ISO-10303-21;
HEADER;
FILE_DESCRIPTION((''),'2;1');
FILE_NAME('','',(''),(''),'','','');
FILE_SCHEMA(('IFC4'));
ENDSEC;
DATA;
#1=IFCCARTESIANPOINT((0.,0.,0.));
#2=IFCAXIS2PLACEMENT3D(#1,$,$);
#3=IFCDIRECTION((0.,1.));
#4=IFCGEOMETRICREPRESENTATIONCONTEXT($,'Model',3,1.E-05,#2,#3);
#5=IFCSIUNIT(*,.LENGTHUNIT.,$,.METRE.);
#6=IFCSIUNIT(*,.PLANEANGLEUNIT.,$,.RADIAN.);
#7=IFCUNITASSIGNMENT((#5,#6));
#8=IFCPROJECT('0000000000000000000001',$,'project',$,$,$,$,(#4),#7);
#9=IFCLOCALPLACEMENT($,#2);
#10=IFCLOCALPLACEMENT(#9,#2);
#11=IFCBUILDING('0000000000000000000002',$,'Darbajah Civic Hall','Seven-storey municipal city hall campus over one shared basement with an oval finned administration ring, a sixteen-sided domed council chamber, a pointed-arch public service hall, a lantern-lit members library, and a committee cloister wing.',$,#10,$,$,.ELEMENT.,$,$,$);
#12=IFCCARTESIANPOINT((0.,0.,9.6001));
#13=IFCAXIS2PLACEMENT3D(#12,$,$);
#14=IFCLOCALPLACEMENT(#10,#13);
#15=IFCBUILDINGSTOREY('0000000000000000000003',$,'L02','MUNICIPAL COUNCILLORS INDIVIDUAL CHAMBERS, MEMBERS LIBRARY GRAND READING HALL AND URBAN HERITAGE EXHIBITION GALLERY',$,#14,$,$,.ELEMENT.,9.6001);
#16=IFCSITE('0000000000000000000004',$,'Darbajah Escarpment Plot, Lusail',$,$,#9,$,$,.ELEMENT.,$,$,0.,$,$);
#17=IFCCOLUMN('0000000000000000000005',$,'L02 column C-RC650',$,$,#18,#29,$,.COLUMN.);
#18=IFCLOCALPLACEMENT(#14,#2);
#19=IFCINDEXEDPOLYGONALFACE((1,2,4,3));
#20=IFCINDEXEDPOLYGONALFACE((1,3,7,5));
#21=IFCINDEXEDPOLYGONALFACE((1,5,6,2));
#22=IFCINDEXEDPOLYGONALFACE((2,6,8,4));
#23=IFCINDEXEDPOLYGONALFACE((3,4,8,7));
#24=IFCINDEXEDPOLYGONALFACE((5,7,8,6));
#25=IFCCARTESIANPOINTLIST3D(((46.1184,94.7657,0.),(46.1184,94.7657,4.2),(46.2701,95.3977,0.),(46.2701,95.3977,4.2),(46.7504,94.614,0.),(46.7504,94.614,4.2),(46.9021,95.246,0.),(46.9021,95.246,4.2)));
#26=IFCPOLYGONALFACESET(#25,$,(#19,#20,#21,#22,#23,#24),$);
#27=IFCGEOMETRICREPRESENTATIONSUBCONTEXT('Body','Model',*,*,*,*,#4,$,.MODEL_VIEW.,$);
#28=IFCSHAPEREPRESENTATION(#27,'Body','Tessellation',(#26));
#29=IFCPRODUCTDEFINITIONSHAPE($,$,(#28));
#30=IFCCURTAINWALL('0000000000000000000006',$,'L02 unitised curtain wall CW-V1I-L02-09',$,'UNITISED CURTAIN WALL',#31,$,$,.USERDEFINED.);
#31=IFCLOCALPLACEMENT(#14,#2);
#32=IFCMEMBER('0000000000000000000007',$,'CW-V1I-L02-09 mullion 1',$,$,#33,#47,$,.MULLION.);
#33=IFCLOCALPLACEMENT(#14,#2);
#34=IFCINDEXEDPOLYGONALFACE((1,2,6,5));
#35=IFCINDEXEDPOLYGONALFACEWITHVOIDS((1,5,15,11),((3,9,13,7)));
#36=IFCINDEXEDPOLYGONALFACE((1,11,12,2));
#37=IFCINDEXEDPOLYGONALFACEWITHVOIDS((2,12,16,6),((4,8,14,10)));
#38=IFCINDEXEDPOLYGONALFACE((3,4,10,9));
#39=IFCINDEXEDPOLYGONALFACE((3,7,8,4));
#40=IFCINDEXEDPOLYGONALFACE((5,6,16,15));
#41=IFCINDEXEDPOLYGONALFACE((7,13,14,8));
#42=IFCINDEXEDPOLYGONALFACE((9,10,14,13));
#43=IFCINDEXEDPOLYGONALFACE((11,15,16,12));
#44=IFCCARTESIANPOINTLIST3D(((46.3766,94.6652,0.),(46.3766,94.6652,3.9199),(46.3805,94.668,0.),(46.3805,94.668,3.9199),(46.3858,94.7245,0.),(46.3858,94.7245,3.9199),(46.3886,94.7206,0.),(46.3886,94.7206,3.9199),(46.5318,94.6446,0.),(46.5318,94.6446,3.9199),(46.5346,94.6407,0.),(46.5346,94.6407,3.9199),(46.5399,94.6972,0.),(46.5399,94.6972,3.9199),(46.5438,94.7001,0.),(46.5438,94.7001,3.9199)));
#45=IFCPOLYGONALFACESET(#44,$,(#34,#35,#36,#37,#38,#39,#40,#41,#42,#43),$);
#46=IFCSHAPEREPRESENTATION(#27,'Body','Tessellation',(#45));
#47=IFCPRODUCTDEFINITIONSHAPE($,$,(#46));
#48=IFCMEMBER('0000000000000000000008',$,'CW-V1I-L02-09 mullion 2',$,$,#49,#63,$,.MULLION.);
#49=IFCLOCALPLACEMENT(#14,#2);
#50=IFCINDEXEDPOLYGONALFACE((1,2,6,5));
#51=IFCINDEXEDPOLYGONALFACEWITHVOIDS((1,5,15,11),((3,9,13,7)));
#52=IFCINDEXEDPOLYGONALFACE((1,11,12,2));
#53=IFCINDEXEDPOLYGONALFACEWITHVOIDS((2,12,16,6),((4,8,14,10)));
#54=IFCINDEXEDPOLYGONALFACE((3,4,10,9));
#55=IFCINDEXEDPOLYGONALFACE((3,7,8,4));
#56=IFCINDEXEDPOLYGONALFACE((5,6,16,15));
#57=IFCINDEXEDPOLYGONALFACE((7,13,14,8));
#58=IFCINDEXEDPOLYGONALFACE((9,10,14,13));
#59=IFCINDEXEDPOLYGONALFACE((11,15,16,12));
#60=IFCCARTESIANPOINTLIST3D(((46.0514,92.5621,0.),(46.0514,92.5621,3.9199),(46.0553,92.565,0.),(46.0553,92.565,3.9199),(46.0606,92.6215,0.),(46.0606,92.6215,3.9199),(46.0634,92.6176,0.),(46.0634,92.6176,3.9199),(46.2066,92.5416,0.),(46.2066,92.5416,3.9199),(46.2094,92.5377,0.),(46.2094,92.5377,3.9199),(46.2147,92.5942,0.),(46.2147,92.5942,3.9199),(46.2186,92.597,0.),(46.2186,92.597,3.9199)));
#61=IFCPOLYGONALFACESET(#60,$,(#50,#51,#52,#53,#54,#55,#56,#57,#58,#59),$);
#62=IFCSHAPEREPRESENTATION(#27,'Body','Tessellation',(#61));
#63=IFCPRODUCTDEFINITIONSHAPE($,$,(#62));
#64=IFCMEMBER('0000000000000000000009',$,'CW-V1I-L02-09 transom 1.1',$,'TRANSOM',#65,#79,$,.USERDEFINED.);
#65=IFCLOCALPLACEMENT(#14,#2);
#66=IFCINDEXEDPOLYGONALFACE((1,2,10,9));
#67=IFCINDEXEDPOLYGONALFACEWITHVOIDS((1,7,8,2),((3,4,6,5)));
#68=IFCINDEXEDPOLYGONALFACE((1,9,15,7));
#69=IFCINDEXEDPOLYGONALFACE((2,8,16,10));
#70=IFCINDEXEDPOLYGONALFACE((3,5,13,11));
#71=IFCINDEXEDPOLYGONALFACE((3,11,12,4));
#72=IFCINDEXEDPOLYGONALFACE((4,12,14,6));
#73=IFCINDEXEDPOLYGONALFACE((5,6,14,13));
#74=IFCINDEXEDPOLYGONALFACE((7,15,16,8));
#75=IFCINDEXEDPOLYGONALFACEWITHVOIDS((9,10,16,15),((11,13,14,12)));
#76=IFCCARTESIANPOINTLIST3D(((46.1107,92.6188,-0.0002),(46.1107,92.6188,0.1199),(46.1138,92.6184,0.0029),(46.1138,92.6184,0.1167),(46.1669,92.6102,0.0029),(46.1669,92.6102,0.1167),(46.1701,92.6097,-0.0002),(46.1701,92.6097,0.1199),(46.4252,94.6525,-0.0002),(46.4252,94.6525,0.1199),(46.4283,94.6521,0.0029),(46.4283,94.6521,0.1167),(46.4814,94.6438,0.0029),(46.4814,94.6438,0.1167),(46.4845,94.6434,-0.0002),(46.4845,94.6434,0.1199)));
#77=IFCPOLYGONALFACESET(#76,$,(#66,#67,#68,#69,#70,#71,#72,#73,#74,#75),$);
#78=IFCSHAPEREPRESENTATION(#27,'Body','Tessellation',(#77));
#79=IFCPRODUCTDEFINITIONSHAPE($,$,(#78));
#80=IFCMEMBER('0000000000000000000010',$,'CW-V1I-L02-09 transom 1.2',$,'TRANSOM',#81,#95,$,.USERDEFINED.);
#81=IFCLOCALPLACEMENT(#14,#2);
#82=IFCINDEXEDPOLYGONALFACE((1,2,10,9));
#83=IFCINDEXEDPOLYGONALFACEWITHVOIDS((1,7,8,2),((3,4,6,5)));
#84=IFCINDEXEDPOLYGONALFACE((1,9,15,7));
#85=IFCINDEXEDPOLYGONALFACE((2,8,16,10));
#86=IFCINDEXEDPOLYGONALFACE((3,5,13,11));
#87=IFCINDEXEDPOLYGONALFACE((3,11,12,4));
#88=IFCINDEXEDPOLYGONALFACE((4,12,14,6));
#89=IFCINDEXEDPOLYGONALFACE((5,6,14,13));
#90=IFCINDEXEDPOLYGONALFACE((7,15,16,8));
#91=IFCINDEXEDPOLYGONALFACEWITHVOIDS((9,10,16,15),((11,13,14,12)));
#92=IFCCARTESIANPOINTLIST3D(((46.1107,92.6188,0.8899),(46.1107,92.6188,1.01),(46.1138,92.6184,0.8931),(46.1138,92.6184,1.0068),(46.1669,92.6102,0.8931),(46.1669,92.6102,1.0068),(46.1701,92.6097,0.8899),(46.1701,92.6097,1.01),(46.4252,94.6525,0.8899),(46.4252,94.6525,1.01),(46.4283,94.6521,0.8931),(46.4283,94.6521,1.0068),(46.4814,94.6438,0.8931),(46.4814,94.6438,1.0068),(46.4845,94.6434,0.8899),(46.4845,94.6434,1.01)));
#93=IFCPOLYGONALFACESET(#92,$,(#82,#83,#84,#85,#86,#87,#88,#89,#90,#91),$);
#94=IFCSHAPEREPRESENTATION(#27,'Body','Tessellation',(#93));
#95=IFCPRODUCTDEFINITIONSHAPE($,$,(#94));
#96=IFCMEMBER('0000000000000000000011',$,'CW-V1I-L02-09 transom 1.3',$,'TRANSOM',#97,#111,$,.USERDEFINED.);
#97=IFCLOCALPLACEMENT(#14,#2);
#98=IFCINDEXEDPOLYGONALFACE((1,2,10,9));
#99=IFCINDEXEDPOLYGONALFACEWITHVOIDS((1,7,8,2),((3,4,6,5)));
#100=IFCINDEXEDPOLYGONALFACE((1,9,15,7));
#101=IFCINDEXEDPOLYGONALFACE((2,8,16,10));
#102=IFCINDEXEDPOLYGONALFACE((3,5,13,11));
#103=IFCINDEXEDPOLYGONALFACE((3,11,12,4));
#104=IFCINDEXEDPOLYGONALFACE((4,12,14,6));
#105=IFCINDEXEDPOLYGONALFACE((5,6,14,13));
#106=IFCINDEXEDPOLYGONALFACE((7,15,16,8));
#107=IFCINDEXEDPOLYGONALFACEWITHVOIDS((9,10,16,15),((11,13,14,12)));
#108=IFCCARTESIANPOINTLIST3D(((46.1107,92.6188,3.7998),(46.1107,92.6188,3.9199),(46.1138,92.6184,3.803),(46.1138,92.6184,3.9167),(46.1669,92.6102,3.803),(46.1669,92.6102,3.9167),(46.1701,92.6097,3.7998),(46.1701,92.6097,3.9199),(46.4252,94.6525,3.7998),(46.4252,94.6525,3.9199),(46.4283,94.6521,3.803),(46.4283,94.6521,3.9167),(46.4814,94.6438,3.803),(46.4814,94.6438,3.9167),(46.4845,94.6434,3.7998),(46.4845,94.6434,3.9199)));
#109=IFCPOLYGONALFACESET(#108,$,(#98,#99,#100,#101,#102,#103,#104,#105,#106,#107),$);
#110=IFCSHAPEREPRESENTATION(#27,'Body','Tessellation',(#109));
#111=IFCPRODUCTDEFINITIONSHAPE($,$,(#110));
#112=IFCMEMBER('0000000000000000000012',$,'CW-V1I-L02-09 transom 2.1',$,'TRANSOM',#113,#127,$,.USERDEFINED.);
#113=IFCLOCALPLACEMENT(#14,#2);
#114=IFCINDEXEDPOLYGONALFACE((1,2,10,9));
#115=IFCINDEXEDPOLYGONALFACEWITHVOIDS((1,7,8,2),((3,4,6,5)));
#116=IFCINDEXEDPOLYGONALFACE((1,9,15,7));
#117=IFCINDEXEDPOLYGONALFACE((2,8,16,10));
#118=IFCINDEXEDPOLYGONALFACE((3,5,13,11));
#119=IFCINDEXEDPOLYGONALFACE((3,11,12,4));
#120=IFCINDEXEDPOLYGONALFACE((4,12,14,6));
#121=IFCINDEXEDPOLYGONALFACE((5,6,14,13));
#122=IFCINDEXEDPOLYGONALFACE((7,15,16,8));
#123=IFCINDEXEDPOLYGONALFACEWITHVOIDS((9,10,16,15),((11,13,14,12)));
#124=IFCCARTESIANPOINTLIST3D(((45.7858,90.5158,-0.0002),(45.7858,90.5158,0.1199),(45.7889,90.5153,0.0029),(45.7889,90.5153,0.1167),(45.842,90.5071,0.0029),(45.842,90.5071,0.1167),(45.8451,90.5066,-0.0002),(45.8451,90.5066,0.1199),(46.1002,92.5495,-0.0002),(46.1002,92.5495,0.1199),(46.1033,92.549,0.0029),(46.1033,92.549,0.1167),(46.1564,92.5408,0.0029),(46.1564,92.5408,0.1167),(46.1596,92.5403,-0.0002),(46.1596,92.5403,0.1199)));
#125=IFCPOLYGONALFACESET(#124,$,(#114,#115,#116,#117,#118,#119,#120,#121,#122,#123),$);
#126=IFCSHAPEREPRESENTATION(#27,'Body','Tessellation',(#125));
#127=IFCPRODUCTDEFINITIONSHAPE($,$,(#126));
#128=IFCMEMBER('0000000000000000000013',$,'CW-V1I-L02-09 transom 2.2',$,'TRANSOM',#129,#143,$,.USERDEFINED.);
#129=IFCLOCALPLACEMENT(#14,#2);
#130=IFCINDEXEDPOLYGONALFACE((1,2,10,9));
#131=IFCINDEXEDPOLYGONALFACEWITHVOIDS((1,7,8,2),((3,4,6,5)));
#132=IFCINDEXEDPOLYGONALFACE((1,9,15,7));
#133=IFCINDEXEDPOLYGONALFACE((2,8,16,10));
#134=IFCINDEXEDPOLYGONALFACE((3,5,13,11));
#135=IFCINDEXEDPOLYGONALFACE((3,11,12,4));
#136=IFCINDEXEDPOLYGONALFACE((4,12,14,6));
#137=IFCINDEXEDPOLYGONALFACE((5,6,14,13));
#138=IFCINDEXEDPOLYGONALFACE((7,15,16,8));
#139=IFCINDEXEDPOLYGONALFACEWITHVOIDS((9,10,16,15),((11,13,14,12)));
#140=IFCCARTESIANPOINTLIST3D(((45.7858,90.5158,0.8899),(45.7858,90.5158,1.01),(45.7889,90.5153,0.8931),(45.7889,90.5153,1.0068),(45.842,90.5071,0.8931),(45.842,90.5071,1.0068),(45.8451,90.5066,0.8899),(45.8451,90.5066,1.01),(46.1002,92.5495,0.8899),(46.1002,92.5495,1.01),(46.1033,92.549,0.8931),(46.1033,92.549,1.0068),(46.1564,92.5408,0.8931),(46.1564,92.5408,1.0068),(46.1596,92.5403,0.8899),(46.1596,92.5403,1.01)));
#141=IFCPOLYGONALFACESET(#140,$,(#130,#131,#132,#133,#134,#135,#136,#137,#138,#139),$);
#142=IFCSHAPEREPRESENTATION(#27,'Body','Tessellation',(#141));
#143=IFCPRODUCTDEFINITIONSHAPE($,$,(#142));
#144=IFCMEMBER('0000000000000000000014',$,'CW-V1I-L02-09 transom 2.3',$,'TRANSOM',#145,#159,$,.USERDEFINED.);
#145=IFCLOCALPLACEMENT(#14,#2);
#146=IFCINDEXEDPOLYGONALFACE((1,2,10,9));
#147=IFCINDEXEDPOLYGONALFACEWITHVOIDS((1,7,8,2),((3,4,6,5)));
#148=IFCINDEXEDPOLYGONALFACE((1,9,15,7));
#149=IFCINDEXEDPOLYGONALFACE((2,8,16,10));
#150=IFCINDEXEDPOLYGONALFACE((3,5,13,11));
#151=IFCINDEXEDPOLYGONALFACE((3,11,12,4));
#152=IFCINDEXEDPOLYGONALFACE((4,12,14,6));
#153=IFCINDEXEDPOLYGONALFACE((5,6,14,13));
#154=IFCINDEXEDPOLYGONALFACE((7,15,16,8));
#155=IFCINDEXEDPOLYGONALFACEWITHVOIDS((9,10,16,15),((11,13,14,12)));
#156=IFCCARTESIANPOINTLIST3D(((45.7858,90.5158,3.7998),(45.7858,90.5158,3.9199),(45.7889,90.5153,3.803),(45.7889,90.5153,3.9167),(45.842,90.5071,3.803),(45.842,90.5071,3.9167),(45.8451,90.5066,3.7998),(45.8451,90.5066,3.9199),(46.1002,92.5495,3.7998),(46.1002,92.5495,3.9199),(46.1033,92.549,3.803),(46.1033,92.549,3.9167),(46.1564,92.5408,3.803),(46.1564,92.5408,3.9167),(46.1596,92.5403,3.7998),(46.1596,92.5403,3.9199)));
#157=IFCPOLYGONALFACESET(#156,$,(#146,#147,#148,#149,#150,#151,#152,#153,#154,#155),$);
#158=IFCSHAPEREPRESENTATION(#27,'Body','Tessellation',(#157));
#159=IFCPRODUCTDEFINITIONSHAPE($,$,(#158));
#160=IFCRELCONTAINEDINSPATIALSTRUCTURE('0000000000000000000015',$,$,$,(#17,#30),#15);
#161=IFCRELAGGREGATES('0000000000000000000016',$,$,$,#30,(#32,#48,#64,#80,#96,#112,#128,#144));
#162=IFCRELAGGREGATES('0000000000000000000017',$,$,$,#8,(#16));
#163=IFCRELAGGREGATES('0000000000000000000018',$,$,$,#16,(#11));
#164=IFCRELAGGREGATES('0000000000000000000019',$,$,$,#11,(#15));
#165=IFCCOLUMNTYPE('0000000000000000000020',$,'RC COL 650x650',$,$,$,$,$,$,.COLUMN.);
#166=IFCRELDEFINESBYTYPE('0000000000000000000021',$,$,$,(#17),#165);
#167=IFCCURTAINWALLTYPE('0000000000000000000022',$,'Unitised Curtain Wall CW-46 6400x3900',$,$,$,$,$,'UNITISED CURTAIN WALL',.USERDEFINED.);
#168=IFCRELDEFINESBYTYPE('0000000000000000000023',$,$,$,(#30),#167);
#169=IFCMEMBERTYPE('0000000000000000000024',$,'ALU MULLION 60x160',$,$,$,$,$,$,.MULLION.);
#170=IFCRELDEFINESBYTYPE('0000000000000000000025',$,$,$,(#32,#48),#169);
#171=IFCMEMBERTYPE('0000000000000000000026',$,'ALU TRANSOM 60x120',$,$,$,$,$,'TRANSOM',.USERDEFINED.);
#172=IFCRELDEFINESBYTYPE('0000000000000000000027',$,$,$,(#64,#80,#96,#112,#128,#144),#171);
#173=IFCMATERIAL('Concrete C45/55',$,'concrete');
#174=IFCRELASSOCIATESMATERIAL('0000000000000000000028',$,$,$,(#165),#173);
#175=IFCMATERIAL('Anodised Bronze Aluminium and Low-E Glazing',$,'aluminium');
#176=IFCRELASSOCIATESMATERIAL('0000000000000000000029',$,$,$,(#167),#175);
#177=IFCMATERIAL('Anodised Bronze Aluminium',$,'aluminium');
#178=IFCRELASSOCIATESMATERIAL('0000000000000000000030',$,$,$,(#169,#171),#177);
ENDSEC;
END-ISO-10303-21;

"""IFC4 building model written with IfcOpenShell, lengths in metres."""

from ifc_helpers import new_model, si_unit, direction, frame, origin, origin_2d, place, context, subcontext, project, spatial, rectangle, hollow_rectangle, extrude, material, material_profile, profile_set, type_object, element, aggregate, save


model = new_model("IFC4")

# Units and contexts
model_context = context("Model", 3, precision=1e-05, world=origin(), true_north=direction((0.0, 1.0)))
body_context = subcontext(model_context, "Body", "Model", "MODEL_VIEW")
ifc_project = project(units=[si_unit("LENGTHUNIT", "METRE"), si_unit("PLANEANGLEUNIT", "RADIAN")], contexts=[model_context])

# Site, building, storey
site_placement = place(None, origin())
site = spatial("IfcSite", under=ifc_project, at=site_placement, Name="Darbajah Escarpment Plot, Lusail", CompositionType="ELEMENT", RefElevation=0.0)
building_placement = place(site_placement, origin())
building = spatial("IfcBuilding", under=site, at=building_placement, Name="Darbajah Civic Hall", Description="Seven-storey municipal city hall campus over one shared basement with an oval finned administration ring, a sixteen-sided domed council chamber, a pointed-arch public service hall, a lantern-lit members library, and a committee cloister wing.", CompositionType="ELEMENT")
storey_placement = place(building_placement, frame((0.0, 0.0, 9.6001)))
storey = spatial("IfcBuildingStorey", under=building, at=storey_placement, Name="L02", Description="MUNICIPAL COUNCILLORS INDIVIDUAL CHAMBERS, MEMBERS LIBRARY GRAND READING HALL AND URBAN HERITAGE EXHIBITION GALLERY", CompositionType="ELEMENT", Elevation=9.6001)

# Column
ifc_material_1 = material(Name="Concrete C45/55", Category="concrete")
ifc_material_profile_1 = material_profile(ifc_material_1, rectangle(XDim=0.6499, YDim=0.6499, at=origin_2d()), Name="RC COL 650x650")
ifc_profile_set_1 = profile_set([ifc_material_profile_1], Name="Concrete C45/55")
column_type = type_object("IfcColumnType", Name="RC COL 650x650", PredefinedType="COLUMN", material=ifc_profile_set_1)
column_placement = place(storey_placement, frame((46.5103, 95.0059, 0.0), z_axis=(0.0, 0.0, 1.0), x_axis=(-0.97237, 0.233445, 0.0)))
element("IfcColumn", 1, at=column_placement, inside=storey, type_object=column_type, Name="L02 column C-RC650", PredefinedType="COLUMN", context=body_context, shape_type="SweptSolid", body=[
    extrude(rectangle(XDim=0.6499, YDim=0.6499, at=origin_2d()), origin(), (0.0, 0.0, 1.0), 4.2),
])

# Curtain wall, members
ifc_material_2 = material(Name="Anodised Bronze Aluminium and Low-E Glazing", Category="aluminium")
curtain_wall_type_1 = type_object("IfcCurtainWallType", Name="Unitised Curtain Wall CW-46 6400x3900", ElementType="UNITISED CURTAIN WALL", PredefinedType="USERDEFINED", material=ifc_material_2)
curtain_wall_1_placement = place(storey_placement, origin())
curtain_wall_1 = element("IfcCurtainWall", 2, at=curtain_wall_1_placement, inside=storey, type_object=curtain_wall_type_1, Name="L02 unitised curtain wall CW-V1I-L02-09", ObjectType="UNITISED CURTAIN WALL", PredefinedType="USERDEFINED")
ifc_material_3 = material(Name="Anodised Bronze Aluminium", Category="aluminium")
ifc_material_profile_2 = material_profile(ifc_material_3, hollow_rectangle(XDim=0.0601, YDim=0.1599, WallThickness=0.0034, at=origin_2d()), Name="ALU MULLION 60x160")
ifc_profile_set_2 = profile_set([ifc_material_profile_2], Name="Anodised Bronze Aluminium")
member_type_1 = type_object("IfcMemberType", Name="ALU MULLION 60x160", PredefinedType="MULLION", material=ifc_profile_set_2)
member_1_placement = place(storey_placement, frame((46.4602, 94.6826, 0.0), z_axis=(0.0, 0.0, 1.0), x_axis=(-0.152813, -0.988255, 0.0)))
member_1 = element("IfcMember", 3, at=member_1_placement, type_object=member_type_1, Name="CW-V1I-L02-09 mullion 1", PredefinedType="MULLION", context=body_context, shape_type="SweptSolid", body=[
    extrude(hollow_rectangle(XDim=0.0601, YDim=0.1599, WallThickness=0.0034, at=origin_2d()), origin(), (0.0, 0.0, 1.0), 3.9199),
])
member_2_placement = place(storey_placement, frame((46.135, 92.5796, 0.0), z_axis=(0.0, 0.0, 1.0), x_axis=(-0.152813, -0.988255, 0.0)))
member_2 = element("IfcMember", 4, at=member_2_placement, type_object=member_type_1, Name="CW-V1I-L02-09 mullion 2", PredefinedType="MULLION", context=body_context, shape_type="SweptSolid", body=[
    extrude(hollow_rectangle(XDim=0.0601, YDim=0.1599, WallThickness=0.0034, at=origin_2d()), origin(), (0.0, 0.0, 1.0), 3.9199),
])
ifc_material_profile_3 = material_profile(ifc_material_3, hollow_rectangle(XDim=0.0601, YDim=0.1201, WallThickness=0.0032, at=origin_2d()), Name="ALU TRANSOM 60x120")
ifc_profile_set_3 = profile_set([ifc_material_profile_3], Name="Anodised Bronze Aluminium")
member_type_2 = type_object("IfcMemberType", Name="ALU TRANSOM 60x120", ElementType="TRANSOM", PredefinedType="USERDEFINED", material=ifc_profile_set_3)
member_3_placement = place(storey_placement, frame((46.4548, 94.6479, 0.0598), z_axis=(-0.152806, -0.988256, 0.0), x_axis=(0.988256, -0.152806, 0.0)))
member_3 = element("IfcMember", 5, at=member_3_placement, type_object=member_type_2, Name="CW-V1I-L02-09 transom 1.1", ObjectType="TRANSOM", PredefinedType="USERDEFINED", context=body_context, shape_type="SweptSolid", body=[
    extrude(hollow_rectangle(XDim=0.0601, YDim=0.1201, WallThickness=0.0032, at=origin_2d()), origin(), (0.0, 0.0, 1.0), 2.0579),
])
member_4_placement = place(storey_placement, frame((46.4548, 94.6479, 0.95), z_axis=(-0.152806, -0.988256, 0.0), x_axis=(0.988256, -0.152806, 0.0)))
member_4 = element("IfcMember", 6, at=member_4_placement, type_object=member_type_2, Name="CW-V1I-L02-09 transom 1.2", ObjectType="TRANSOM", PredefinedType="USERDEFINED", context=body_context, shape_type="SweptSolid", body=[
    extrude(hollow_rectangle(XDim=0.0601, YDim=0.1201, WallThickness=0.0032, at=origin_2d()), origin(), (0.0, 0.0, 1.0), 2.0579),
])
member_5_placement = place(storey_placement, frame((46.4548, 94.6479, 3.8599), z_axis=(-0.152806, -0.988256, 0.0), x_axis=(0.988256, -0.152806, 0.0)))
member_5 = element("IfcMember", 7, at=member_5_placement, type_object=member_type_2, Name="CW-V1I-L02-09 transom 1.3", ObjectType="TRANSOM", PredefinedType="USERDEFINED", context=body_context, shape_type="SweptSolid", body=[
    extrude(hollow_rectangle(XDim=0.0601, YDim=0.1201, WallThickness=0.0032, at=origin_2d()), origin(), (0.0, 0.0, 1.0), 2.0579),
])
member_6_placement = place(storey_placement, frame((46.1299, 92.5449, 0.0598), z_axis=(-0.152806, -0.988256, 0.0), x_axis=(0.988256, -0.152806, 0.0)))
member_6 = element("IfcMember", 8, at=member_6_placement, type_object=member_type_2, Name="CW-V1I-L02-09 transom 2.1", ObjectType="TRANSOM", PredefinedType="USERDEFINED", context=body_context, shape_type="SweptSolid", body=[
    extrude(hollow_rectangle(XDim=0.0601, YDim=0.1201, WallThickness=0.0032, at=origin_2d()), origin(), (0.0, 0.0, 1.0), 2.0579),
])
member_7_placement = place(storey_placement, frame((46.1299, 92.5449, 0.95), z_axis=(-0.152806, -0.988256, 0.0), x_axis=(0.988256, -0.152806, 0.0)))
member_7 = element("IfcMember", 9, at=member_7_placement, type_object=member_type_2, Name="CW-V1I-L02-09 transom 2.2", ObjectType="TRANSOM", PredefinedType="USERDEFINED", context=body_context, shape_type="SweptSolid", body=[
    extrude(hollow_rectangle(XDim=0.0601, YDim=0.1201, WallThickness=0.0032, at=origin_2d()), origin(), (0.0, 0.0, 1.0), 2.0579),
])
member_8_placement = place(storey_placement, frame((46.1299, 92.5449, 3.8599), z_axis=(-0.152806, -0.988256, 0.0), x_axis=(0.988256, -0.152806, 0.0)))
member_8 = element("IfcMember", 10, at=member_8_placement, type_object=member_type_2, Name="CW-V1I-L02-09 transom 2.3", ObjectType="TRANSOM", PredefinedType="USERDEFINED", context=body_context, shape_type="SweptSolid", body=[
    extrude(hollow_rectangle(XDim=0.0601, YDim=0.1201, WallThickness=0.0032, at=origin_2d()), origin(), (0.0, 0.0, 1.0), 2.0579),
])

aggregate(curtain_wall_1, [member_1, member_2, member_3, member_4, member_5, member_6, member_7, member_8])

save(model, "model.ifc")
